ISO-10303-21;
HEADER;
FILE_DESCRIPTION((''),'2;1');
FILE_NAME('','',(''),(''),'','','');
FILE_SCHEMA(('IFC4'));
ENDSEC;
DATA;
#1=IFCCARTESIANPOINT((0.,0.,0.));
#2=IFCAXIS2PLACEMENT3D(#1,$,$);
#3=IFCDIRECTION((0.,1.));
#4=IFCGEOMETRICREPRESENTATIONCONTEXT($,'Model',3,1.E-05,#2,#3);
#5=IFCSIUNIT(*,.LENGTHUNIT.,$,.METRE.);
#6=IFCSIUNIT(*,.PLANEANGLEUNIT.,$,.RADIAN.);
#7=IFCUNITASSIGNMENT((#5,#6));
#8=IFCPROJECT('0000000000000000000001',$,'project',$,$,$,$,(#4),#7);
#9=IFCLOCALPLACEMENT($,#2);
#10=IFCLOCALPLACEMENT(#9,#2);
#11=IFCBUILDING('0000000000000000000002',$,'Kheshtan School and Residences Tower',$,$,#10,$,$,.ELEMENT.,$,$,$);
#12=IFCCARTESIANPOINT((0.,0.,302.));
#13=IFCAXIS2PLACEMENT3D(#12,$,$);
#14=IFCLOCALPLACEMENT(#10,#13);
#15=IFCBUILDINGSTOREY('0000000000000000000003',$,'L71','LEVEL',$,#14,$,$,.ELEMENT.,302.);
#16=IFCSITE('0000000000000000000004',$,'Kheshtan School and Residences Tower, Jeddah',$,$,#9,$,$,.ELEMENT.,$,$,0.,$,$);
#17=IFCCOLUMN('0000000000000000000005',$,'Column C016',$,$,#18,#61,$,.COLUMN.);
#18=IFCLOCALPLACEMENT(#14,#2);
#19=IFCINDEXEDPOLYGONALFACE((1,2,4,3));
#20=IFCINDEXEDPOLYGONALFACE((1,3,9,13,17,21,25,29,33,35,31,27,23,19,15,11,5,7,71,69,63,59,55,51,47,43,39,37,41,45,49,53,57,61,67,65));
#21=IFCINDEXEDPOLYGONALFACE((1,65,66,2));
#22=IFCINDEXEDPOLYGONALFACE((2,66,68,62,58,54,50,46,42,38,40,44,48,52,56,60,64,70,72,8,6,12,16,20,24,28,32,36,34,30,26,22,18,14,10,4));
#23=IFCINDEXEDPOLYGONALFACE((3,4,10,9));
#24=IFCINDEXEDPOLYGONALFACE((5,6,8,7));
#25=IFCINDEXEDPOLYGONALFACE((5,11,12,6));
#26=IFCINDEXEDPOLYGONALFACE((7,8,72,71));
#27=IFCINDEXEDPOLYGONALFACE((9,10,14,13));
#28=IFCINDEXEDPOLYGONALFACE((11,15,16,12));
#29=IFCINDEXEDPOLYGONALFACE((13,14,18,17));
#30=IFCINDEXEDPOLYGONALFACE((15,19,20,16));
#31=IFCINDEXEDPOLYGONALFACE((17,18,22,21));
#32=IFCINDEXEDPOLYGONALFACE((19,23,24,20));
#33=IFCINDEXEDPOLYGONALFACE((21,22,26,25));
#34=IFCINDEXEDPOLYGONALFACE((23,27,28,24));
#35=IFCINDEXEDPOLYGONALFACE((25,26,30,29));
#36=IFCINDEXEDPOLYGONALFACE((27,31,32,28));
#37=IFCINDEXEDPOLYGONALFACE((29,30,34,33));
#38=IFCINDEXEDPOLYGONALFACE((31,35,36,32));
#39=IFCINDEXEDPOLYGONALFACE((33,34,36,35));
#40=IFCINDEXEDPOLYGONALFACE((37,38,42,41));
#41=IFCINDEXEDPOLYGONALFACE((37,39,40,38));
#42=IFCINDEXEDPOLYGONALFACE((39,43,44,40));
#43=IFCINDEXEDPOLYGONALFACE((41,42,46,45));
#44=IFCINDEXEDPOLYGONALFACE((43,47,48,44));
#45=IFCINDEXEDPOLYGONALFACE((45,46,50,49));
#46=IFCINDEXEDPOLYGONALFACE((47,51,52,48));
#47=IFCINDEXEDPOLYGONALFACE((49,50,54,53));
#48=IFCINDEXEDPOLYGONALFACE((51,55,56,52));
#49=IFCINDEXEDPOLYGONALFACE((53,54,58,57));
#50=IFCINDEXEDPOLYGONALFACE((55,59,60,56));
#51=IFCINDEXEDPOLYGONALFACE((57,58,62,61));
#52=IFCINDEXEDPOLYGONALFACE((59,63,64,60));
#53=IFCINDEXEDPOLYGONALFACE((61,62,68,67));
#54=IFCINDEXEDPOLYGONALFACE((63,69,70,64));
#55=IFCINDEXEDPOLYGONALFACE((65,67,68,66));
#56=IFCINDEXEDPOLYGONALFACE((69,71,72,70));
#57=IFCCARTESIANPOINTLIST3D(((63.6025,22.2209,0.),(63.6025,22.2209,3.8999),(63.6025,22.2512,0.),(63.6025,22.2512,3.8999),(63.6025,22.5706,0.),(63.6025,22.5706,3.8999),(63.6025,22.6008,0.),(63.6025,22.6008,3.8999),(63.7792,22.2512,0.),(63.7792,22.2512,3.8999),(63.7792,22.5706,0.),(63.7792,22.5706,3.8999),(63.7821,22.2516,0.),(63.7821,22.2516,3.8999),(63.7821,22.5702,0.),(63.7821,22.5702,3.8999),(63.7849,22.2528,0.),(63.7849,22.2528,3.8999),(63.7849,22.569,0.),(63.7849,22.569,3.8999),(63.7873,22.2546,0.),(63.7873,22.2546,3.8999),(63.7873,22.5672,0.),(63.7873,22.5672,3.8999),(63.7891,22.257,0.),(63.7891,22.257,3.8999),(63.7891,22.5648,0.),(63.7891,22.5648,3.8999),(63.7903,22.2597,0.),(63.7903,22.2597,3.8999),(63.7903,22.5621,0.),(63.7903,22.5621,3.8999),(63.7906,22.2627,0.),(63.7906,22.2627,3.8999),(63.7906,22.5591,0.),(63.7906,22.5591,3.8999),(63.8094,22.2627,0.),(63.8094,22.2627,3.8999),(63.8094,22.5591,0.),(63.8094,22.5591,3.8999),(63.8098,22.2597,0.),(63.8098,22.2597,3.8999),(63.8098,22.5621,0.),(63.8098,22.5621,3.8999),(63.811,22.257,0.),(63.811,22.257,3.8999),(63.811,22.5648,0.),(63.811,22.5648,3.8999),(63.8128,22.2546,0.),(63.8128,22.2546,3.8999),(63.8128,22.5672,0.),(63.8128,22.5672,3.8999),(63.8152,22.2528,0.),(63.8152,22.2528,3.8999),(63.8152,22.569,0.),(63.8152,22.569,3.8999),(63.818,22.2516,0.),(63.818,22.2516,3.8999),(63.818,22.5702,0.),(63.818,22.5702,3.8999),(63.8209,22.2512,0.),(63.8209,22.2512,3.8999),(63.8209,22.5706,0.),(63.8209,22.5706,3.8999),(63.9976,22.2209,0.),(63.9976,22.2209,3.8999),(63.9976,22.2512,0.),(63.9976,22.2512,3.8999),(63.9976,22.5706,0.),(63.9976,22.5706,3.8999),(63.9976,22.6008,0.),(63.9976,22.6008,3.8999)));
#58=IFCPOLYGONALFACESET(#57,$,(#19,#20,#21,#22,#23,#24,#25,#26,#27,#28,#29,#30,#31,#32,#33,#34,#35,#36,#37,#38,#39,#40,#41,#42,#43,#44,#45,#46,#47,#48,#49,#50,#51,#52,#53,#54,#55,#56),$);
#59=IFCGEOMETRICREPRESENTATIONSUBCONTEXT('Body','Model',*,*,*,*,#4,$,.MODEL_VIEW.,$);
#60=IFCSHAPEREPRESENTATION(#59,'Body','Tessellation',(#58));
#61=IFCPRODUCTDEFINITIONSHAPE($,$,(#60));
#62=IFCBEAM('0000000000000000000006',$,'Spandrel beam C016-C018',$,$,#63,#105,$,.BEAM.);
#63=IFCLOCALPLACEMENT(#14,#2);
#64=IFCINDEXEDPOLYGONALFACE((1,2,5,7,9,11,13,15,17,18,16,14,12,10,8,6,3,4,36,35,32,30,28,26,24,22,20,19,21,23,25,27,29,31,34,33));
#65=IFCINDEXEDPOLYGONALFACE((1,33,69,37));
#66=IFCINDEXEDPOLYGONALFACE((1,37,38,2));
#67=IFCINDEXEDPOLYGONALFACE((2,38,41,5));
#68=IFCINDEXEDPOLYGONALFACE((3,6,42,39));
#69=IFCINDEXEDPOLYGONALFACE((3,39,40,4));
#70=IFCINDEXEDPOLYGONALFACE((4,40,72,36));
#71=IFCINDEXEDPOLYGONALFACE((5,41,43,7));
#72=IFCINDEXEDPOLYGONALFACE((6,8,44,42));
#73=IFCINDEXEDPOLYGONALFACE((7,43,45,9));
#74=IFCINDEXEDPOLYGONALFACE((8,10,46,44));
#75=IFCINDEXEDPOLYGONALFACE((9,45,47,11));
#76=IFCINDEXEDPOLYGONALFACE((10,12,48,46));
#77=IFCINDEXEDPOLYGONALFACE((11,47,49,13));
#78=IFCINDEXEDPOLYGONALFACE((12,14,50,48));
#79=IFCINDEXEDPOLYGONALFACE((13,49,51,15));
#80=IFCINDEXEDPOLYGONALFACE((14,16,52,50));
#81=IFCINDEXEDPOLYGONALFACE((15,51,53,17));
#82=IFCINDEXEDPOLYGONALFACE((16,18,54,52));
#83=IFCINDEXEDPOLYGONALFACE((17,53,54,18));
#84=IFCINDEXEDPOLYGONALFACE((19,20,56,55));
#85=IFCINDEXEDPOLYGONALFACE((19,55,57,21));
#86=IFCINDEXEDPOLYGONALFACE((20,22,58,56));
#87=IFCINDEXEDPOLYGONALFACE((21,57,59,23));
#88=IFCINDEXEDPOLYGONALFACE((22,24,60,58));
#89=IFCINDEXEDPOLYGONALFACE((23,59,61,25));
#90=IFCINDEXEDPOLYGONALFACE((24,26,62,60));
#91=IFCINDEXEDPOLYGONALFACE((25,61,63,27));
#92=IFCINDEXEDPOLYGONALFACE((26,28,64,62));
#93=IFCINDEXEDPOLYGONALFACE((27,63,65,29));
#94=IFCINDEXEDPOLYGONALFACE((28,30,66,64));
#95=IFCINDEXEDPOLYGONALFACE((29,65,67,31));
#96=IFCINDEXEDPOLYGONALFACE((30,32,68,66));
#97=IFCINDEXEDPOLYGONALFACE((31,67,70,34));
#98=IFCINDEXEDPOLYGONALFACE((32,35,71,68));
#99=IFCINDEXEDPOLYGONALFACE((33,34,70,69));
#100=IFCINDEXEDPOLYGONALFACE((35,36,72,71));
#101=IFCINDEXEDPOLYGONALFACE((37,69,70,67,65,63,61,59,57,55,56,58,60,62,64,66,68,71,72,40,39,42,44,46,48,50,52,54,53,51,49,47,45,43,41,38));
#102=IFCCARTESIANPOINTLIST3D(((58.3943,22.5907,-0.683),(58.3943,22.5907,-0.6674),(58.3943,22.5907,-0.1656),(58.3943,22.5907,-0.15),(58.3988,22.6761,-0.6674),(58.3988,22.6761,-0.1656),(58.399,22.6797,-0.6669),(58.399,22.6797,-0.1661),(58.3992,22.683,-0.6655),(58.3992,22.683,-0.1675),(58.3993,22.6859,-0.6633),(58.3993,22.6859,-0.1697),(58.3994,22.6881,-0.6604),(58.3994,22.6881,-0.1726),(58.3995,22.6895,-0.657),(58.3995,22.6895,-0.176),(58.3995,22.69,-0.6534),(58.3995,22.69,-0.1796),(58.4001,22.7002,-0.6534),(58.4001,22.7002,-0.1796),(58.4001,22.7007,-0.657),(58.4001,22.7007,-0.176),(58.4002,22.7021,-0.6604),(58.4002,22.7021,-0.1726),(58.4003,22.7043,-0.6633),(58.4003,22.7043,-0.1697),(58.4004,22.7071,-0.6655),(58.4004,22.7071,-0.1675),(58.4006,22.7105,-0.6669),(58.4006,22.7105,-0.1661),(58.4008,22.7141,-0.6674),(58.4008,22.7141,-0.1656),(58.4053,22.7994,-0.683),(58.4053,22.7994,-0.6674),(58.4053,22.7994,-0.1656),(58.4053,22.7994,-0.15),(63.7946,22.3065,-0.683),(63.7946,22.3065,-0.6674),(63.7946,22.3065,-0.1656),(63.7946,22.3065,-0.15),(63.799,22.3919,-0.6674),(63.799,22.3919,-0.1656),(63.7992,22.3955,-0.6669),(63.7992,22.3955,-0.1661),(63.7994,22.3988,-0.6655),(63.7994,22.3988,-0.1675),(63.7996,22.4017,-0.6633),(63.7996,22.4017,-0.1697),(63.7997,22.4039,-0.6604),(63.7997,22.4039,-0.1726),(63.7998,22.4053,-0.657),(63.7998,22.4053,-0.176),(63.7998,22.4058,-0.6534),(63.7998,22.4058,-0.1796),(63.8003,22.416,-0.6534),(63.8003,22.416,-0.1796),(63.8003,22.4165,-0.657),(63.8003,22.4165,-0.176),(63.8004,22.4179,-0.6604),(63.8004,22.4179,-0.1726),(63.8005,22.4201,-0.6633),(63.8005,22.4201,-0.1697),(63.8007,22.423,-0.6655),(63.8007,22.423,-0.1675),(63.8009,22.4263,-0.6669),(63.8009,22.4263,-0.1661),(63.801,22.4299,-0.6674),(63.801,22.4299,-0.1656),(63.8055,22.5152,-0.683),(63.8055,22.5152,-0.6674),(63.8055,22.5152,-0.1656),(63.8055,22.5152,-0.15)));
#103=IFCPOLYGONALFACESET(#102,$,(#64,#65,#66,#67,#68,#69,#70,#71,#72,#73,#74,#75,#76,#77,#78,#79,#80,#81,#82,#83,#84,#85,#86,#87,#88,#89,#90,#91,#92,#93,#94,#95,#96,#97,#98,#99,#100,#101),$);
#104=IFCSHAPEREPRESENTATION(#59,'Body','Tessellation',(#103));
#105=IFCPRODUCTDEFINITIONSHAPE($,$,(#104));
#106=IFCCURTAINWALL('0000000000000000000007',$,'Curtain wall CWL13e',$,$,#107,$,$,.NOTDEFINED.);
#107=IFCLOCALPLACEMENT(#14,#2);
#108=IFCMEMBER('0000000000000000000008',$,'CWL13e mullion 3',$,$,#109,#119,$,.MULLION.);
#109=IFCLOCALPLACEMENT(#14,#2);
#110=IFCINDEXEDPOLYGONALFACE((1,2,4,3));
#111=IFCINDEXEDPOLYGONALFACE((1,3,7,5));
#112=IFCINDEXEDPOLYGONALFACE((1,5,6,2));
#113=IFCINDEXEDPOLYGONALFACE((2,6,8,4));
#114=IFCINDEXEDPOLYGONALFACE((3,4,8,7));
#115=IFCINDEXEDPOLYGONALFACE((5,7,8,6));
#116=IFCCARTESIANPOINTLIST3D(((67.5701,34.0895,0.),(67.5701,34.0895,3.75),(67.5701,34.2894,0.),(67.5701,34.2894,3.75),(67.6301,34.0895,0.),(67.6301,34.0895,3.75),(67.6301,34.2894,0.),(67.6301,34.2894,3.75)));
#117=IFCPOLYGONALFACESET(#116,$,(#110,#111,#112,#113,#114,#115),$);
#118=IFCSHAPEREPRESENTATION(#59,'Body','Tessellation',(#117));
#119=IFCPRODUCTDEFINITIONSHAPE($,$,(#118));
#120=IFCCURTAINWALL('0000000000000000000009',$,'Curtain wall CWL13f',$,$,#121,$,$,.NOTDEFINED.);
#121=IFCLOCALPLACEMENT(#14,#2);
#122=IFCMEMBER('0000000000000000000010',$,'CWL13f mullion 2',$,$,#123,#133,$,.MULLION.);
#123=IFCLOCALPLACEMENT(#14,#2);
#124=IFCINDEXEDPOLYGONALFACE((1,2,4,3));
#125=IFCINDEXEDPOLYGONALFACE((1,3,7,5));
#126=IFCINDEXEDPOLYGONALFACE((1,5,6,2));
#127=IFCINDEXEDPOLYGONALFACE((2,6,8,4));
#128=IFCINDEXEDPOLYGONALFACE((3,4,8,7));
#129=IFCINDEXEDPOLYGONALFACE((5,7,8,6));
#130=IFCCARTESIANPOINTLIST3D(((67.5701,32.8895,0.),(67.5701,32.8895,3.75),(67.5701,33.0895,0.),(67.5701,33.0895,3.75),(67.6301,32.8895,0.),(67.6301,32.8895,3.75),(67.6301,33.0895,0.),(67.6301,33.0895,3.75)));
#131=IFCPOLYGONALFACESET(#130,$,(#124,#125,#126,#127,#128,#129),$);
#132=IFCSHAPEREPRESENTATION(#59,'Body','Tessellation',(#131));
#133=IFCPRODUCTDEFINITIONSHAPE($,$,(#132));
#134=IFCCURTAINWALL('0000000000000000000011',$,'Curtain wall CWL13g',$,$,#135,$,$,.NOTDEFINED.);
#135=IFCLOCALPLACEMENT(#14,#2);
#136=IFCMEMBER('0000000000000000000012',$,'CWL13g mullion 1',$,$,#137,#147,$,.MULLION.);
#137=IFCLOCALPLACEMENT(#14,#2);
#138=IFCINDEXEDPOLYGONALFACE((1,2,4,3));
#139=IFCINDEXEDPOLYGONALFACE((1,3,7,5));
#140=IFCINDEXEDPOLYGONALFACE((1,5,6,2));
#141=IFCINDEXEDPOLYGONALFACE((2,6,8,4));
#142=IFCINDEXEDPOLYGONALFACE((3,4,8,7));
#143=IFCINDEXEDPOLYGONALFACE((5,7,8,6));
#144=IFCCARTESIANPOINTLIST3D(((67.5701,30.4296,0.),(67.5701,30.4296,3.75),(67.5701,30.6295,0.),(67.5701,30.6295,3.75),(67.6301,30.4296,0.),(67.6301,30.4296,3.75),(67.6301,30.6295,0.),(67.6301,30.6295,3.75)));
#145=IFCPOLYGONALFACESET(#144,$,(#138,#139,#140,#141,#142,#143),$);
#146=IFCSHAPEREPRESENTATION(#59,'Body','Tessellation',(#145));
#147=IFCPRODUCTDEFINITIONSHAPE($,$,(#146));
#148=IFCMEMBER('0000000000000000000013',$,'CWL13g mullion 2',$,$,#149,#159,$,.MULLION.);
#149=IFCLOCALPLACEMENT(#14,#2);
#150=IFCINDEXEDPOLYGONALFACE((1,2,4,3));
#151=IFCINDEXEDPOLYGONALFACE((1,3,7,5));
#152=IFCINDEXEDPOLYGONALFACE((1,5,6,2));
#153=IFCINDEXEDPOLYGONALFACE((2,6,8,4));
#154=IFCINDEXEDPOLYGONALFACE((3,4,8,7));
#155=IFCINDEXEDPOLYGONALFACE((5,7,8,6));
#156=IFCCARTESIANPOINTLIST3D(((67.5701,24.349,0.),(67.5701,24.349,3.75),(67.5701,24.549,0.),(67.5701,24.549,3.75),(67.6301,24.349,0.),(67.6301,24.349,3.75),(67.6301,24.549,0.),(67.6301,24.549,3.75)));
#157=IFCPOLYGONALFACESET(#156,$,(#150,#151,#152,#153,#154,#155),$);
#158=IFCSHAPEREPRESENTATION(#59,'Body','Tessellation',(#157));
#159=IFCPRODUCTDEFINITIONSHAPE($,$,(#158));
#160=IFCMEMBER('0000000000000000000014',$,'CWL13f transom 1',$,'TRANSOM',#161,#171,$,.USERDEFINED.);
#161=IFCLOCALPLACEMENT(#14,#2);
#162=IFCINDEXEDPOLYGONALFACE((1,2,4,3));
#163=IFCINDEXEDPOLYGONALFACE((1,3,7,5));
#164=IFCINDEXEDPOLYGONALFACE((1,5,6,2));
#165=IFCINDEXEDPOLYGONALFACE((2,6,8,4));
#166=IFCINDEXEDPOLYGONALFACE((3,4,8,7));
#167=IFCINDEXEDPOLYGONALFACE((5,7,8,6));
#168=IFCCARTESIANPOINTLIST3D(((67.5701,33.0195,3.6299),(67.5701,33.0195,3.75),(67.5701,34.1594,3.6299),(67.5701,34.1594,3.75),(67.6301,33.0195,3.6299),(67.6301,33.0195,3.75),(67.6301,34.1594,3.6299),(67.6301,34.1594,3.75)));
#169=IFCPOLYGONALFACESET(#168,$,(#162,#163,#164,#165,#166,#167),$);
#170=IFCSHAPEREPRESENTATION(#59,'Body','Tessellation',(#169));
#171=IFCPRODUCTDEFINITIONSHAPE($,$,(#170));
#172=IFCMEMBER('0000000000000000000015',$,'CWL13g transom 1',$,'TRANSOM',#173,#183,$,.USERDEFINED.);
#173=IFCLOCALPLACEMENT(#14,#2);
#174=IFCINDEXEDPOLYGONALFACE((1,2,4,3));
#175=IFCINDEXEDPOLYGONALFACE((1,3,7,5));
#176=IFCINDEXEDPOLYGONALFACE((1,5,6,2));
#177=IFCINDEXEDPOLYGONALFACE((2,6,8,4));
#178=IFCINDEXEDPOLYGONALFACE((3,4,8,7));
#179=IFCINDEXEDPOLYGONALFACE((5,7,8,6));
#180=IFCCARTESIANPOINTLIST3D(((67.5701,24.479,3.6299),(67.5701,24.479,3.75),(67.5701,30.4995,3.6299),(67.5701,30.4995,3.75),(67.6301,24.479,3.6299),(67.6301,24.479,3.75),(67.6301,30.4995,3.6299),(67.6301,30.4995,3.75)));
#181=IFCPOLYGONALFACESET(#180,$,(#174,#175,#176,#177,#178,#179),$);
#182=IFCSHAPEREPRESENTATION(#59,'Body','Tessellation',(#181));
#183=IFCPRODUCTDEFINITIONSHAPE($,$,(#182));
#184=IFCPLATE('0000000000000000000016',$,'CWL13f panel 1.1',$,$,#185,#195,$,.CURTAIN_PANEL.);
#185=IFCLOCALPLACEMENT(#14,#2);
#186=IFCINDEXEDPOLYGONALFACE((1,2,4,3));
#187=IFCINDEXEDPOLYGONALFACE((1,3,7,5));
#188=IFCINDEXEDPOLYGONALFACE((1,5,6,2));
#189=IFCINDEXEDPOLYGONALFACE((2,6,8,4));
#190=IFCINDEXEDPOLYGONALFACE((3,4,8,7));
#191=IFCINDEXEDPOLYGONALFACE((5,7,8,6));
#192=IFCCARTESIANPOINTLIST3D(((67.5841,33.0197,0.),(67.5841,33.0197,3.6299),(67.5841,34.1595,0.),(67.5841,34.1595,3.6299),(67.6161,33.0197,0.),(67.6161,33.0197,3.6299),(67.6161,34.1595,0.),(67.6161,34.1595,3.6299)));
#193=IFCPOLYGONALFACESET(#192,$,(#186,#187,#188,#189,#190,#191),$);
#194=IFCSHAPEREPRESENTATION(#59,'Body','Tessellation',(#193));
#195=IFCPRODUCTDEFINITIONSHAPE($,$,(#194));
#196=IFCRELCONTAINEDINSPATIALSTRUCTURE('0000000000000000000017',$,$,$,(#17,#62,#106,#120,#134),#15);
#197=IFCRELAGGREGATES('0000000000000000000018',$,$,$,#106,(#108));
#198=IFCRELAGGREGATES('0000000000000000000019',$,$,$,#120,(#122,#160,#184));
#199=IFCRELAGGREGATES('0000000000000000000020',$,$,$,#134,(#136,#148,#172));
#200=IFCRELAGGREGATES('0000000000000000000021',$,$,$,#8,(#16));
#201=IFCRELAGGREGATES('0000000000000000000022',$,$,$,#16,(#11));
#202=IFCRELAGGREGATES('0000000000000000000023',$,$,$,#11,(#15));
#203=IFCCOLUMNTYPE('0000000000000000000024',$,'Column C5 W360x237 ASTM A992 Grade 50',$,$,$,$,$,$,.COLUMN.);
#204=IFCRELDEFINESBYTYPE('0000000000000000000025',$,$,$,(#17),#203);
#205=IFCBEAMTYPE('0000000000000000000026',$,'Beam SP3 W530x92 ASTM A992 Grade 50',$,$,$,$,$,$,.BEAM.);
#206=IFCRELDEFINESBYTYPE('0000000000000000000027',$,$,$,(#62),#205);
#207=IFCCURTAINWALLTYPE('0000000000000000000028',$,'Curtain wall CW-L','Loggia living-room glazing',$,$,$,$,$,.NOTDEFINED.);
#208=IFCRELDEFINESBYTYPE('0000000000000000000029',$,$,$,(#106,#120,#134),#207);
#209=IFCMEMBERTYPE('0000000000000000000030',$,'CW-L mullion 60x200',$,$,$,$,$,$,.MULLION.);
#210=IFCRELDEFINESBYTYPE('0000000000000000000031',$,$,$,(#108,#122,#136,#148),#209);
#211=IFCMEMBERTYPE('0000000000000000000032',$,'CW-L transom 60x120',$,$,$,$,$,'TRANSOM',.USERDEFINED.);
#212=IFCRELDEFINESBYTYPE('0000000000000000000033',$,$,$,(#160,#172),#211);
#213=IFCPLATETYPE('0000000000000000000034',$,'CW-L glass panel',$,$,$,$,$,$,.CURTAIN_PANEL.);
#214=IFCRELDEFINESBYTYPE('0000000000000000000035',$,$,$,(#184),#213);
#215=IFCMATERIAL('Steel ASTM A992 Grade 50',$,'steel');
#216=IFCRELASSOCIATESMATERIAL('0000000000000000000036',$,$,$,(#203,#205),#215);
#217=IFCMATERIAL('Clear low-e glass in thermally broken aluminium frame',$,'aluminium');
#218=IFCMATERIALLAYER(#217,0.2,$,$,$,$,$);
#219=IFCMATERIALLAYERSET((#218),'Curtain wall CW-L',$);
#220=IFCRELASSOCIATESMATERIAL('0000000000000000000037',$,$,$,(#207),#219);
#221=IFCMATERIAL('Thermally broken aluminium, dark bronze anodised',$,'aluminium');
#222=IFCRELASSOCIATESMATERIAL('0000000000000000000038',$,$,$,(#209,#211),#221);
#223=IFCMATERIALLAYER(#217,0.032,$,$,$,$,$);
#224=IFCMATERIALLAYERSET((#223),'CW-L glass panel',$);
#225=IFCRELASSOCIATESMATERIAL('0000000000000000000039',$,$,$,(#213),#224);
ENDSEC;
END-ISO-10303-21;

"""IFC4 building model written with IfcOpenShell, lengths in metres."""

from ifc_helpers import new_model, si_unit, direction, frame, origin, origin_2d, place, context, subcontext, project, spatial, rectangle, i_section, extrude, material, layer, layer_set, material_profile, profile_set, type_object, element, aggregate, save


model = new_model("IFC4")

# Units and contexts
model_context = context("Model", 3, precision=1e-05, world=origin(), true_north=direction((0.0, 1.0)))
body_context = subcontext(model_context, "Body", "Model", "MODEL_VIEW")
ifc_project = project(units=[si_unit("LENGTHUNIT", "METRE"), si_unit("PLANEANGLEUNIT", "RADIAN")], contexts=[model_context])

# Site, building, storey
site_placement = place(None, origin())
site = spatial("IfcSite", under=ifc_project, at=site_placement, Name="Kheshtan School and Residences Tower, Jeddah", CompositionType="ELEMENT", RefElevation=0.0)
building_placement = place(site_placement, origin())
building = spatial("IfcBuilding", under=site, at=building_placement, Name="Kheshtan School and Residences Tower", CompositionType="ELEMENT")
storey_placement = place(building_placement, frame((0.0, 0.0, 302.0)))
storey = spatial("IfcBuildingStorey", under=building, at=storey_placement, Name="L71", Description="LEVEL", CompositionType="ELEMENT", Elevation=302.0)

# Column
ifc_material_1 = material(Name="Steel ASTM A992 Grade 50", Category="steel")
ifc_material_profile_1 = material_profile(ifc_material_1, i_section(OverallWidth=0.395, OverallDepth=0.3799, WebThickness=0.0188, FlangeThickness=0.0303, FilletRadius=0.0115, at=origin_2d()), Name="W360x237")
ifc_profile_set_1 = profile_set([ifc_material_profile_1], Name="Steel ASTM A992 Grade 50")
column_type = type_object("IfcColumnType", Name="Column C5 W360x237 ASTM A992 Grade 50", PredefinedType="COLUMN", material=ifc_profile_set_1)
column_placement = place(storey_placement, frame((63.8, 22.4109, 0.0), z_axis=(0.0, 0.0, 1.0), x_axis=(1.0, 0.0, 0.0)))
element("IfcColumn", 1, at=column_placement, inside=storey, type_object=column_type, Name="Column C016", PredefinedType="COLUMN", context=body_context, shape_type="SweptSolid", body=[
    extrude(i_section(OverallWidth=0.395, OverallDepth=0.3799, WebThickness=0.0188, FlangeThickness=0.0303, FilletRadius=0.0115, at=origin_2d()), origin(), (0.0, 0.0, 1.0), 3.8999),
])

# Beam
ifc_material_profile_2 = material_profile(ifc_material_1, i_section(OverallWidth=0.209, OverallDepth=0.533, WebThickness=0.0103, FlangeThickness=0.0156, FilletRadius=0.0139, at=origin_2d()), Name="W530x92")
ifc_profile_set_2 = profile_set([ifc_material_profile_2], Name="Steel ASTM A992 Grade 50")
beam_type = type_object("IfcBeamType", Name="Beam SP3 W530x92 ASTM A992 Grade 50", PredefinedType="BEAM", material=ifc_profile_set_2)
beam_placement = place(storey_placement, frame((63.8, 22.4109, -0.4165), z_axis=(-0.998618, 0.052552, 0.0), x_axis=(-0.052552, -0.998618, 0.0)))
element("IfcBeam", 2, at=beam_placement, inside=storey, type_object=beam_type, Name="Spandrel beam C016-C018", PredefinedType="BEAM", context=body_context, shape_type="SweptSolid", body=[
    extrude(i_section(OverallWidth=0.209, OverallDepth=0.533, WebThickness=0.0103, FlangeThickness=0.0156, FilletRadius=0.0139, at=origin_2d()), origin(), (0.0, 0.0, 1.0), 5.4077),
])

# Curtain walls, members
ifc_material_2 = material(Name="Clear low-e glass in thermally broken aluminium frame", Category="aluminium")
ifc_layer_1 = layer(ifc_material_2, 0.2)
ifc_layer_set_1 = layer_set([ifc_layer_1], Name="Curtain wall CW-L")
curtain_wall_type = type_object("IfcCurtainWallType", Name="Curtain wall CW-L", Description="Loggia living-room glazing", PredefinedType="NOTDEFINED", material=ifc_layer_set_1)
curtain_wall_1_placement = place(storey_placement, origin())
curtain_wall_1 = element("IfcCurtainWall", 3, at=curtain_wall_1_placement, inside=storey, type_object=curtain_wall_type, Name="Curtain wall CWL13e", PredefinedType="NOTDEFINED")
ifc_material_3 = material(Name="Thermally broken aluminium, dark bronze anodised", Category="aluminium")
ifc_material_profile_3 = material_profile(ifc_material_3, rectangle(XDim=0.0601, YDim=0.2, at=origin_2d()), Name="CW-L mullion 60x200")
ifc_profile_set_3 = profile_set([ifc_material_profile_3], Name="Thermally broken aluminium, dark bronze anodised")
member_type_1 = type_object("IfcMemberType", Name="CW-L mullion 60x200", PredefinedType="MULLION", material=ifc_profile_set_3)
member_1_placement = place(storey_placement, frame((67.6001, 34.1895, 0.0), z_axis=(0.0, 0.0, 1.0), x_axis=(1.0, 0.0, 0.0)))
member_1 = element("IfcMember", 4, at=member_1_placement, type_object=member_type_1, Name="CWL13e mullion 3", PredefinedType="MULLION", context=body_context, shape_type="SweptSolid", body=[
    extrude(rectangle(XDim=0.0601, YDim=0.2, at=origin_2d()), origin(), (0.0, 0.0, 1.0), 3.75),
])
aggregate(curtain_wall_1, [member_1])
curtain_wall_2_placement = place(storey_placement, origin())
curtain_wall_2 = element("IfcCurtainWall", 5, at=curtain_wall_2_placement, inside=storey, type_object=curtain_wall_type, Name="Curtain wall CWL13f", PredefinedType="NOTDEFINED")
member_2_placement = place(storey_placement, frame((67.6001, 32.9895, 0.0), z_axis=(0.0, 0.0, 1.0), x_axis=(1.0, 0.0, 0.0)))
member_2 = element("IfcMember", 6, at=member_2_placement, type_object=member_type_1, Name="CWL13f mullion 2", PredefinedType="MULLION", context=body_context, shape_type="SweptSolid", body=[
    extrude(rectangle(XDim=0.0601, YDim=0.2, at=origin_2d()), origin(), (0.0, 0.0, 1.0), 3.75),
])

# Curtain wall, members
curtain_wall_3_placement = place(storey_placement, origin())
curtain_wall_3 = element("IfcCurtainWall", 7, at=curtain_wall_3_placement, inside=storey, type_object=curtain_wall_type, Name="Curtain wall CWL13g", PredefinedType="NOTDEFINED")
member_3_placement = place(storey_placement, frame((67.6001, 30.5295, 0.0), z_axis=(0.0, 0.0, 1.0), x_axis=(1.0, 0.0, 0.0)))
member_3 = element("IfcMember", 8, at=member_3_placement, type_object=member_type_1, Name="CWL13g mullion 1", PredefinedType="MULLION", context=body_context, shape_type="SweptSolid", body=[
    extrude(rectangle(XDim=0.0601, YDim=0.2, at=origin_2d()), origin(), (0.0, 0.0, 1.0), 3.75),
])
member_4_placement = place(storey_placement, frame((67.6001, 24.449, 0.0), z_axis=(0.0, 0.0, 1.0), x_axis=(1.0, 0.0, 0.0)))
member_4 = element("IfcMember", 9, at=member_4_placement, type_object=member_type_1, Name="CWL13g mullion 2", PredefinedType="MULLION", context=body_context, shape_type="SweptSolid", body=[
    extrude(rectangle(XDim=0.0601, YDim=0.2, at=origin_2d()), origin(), (0.0, 0.0, 1.0), 3.75),
])

# Members
ifc_material_profile_4 = material_profile(ifc_material_3, rectangle(XDim=0.0601, YDim=0.1201, at=origin_2d()), Name="CW-L transom 60x120")
ifc_profile_set_4 = profile_set([ifc_material_profile_4], Name="Thermally broken aluminium, dark bronze anodised")
member_type_2 = type_object("IfcMemberType", Name="CW-L transom 60x120", ElementType="TRANSOM", PredefinedType="USERDEFINED", material=ifc_profile_set_4)
member_5_placement = place(storey_placement, frame((67.6001, 34.1594, 3.6899), z_axis=(0.0, -1.0, 0.0), x_axis=(1.0, 0.0, 0.0)))
member_5 = element("IfcMember", 10, at=member_5_placement, type_object=member_type_2, Name="CWL13f transom 1", ObjectType="TRANSOM", PredefinedType="USERDEFINED", context=body_context, shape_type="SweptSolid", body=[
    extrude(rectangle(XDim=0.0601, YDim=0.1201, at=origin_2d()), origin(), (0.0, 0.0, 1.0), 1.1399),
])
member_6_placement = place(storey_placement, frame((67.6001, 30.4995, 3.6899), z_axis=(0.0, -1.0, 0.0), x_axis=(1.0, 0.0, 0.0)))
member_6 = element("IfcMember", 11, at=member_6_placement, type_object=member_type_2, Name="CWL13g transom 1", ObjectType="TRANSOM", PredefinedType="USERDEFINED", context=body_context, shape_type="SweptSolid", body=[
    extrude(rectangle(XDim=0.0601, YDim=0.1201, at=origin_2d()), origin(), (0.0, 0.0, 1.0), 6.0205),
])

# Plate
ifc_layer_2 = layer(ifc_material_2, 0.032)
ifc_layer_set_2 = layer_set([ifc_layer_2], Name="CW-L glass panel")
plate_type = type_object("IfcPlateType", Name="CW-L glass panel", PredefinedType="CURTAIN_PANEL", material=ifc_layer_set_2)
plate_1_placement = place(storey_placement, frame((67.6001, 33.5896, 0.0), z_axis=(0.0, 0.0, 1.0), x_axis=(0.0, -1.0, 0.0)))
plate_1 = element("IfcPlate", 12, at=plate_1_placement, type_object=plate_type, Name="CWL13f panel 1.1", PredefinedType="CURTAIN_PANEL", context=body_context, shape_type="SweptSolid", body=[
    extrude(rectangle(XDim=1.1399, YDim=0.032, at=origin_2d()), origin(), (0.0, 0.0, 1.0), 3.6299),
])
aggregate(curtain_wall_2, [member_2, member_5, plate_1])
aggregate(curtain_wall_3, [member_3, member_4, member_6])

save(model, "model.ifc")
